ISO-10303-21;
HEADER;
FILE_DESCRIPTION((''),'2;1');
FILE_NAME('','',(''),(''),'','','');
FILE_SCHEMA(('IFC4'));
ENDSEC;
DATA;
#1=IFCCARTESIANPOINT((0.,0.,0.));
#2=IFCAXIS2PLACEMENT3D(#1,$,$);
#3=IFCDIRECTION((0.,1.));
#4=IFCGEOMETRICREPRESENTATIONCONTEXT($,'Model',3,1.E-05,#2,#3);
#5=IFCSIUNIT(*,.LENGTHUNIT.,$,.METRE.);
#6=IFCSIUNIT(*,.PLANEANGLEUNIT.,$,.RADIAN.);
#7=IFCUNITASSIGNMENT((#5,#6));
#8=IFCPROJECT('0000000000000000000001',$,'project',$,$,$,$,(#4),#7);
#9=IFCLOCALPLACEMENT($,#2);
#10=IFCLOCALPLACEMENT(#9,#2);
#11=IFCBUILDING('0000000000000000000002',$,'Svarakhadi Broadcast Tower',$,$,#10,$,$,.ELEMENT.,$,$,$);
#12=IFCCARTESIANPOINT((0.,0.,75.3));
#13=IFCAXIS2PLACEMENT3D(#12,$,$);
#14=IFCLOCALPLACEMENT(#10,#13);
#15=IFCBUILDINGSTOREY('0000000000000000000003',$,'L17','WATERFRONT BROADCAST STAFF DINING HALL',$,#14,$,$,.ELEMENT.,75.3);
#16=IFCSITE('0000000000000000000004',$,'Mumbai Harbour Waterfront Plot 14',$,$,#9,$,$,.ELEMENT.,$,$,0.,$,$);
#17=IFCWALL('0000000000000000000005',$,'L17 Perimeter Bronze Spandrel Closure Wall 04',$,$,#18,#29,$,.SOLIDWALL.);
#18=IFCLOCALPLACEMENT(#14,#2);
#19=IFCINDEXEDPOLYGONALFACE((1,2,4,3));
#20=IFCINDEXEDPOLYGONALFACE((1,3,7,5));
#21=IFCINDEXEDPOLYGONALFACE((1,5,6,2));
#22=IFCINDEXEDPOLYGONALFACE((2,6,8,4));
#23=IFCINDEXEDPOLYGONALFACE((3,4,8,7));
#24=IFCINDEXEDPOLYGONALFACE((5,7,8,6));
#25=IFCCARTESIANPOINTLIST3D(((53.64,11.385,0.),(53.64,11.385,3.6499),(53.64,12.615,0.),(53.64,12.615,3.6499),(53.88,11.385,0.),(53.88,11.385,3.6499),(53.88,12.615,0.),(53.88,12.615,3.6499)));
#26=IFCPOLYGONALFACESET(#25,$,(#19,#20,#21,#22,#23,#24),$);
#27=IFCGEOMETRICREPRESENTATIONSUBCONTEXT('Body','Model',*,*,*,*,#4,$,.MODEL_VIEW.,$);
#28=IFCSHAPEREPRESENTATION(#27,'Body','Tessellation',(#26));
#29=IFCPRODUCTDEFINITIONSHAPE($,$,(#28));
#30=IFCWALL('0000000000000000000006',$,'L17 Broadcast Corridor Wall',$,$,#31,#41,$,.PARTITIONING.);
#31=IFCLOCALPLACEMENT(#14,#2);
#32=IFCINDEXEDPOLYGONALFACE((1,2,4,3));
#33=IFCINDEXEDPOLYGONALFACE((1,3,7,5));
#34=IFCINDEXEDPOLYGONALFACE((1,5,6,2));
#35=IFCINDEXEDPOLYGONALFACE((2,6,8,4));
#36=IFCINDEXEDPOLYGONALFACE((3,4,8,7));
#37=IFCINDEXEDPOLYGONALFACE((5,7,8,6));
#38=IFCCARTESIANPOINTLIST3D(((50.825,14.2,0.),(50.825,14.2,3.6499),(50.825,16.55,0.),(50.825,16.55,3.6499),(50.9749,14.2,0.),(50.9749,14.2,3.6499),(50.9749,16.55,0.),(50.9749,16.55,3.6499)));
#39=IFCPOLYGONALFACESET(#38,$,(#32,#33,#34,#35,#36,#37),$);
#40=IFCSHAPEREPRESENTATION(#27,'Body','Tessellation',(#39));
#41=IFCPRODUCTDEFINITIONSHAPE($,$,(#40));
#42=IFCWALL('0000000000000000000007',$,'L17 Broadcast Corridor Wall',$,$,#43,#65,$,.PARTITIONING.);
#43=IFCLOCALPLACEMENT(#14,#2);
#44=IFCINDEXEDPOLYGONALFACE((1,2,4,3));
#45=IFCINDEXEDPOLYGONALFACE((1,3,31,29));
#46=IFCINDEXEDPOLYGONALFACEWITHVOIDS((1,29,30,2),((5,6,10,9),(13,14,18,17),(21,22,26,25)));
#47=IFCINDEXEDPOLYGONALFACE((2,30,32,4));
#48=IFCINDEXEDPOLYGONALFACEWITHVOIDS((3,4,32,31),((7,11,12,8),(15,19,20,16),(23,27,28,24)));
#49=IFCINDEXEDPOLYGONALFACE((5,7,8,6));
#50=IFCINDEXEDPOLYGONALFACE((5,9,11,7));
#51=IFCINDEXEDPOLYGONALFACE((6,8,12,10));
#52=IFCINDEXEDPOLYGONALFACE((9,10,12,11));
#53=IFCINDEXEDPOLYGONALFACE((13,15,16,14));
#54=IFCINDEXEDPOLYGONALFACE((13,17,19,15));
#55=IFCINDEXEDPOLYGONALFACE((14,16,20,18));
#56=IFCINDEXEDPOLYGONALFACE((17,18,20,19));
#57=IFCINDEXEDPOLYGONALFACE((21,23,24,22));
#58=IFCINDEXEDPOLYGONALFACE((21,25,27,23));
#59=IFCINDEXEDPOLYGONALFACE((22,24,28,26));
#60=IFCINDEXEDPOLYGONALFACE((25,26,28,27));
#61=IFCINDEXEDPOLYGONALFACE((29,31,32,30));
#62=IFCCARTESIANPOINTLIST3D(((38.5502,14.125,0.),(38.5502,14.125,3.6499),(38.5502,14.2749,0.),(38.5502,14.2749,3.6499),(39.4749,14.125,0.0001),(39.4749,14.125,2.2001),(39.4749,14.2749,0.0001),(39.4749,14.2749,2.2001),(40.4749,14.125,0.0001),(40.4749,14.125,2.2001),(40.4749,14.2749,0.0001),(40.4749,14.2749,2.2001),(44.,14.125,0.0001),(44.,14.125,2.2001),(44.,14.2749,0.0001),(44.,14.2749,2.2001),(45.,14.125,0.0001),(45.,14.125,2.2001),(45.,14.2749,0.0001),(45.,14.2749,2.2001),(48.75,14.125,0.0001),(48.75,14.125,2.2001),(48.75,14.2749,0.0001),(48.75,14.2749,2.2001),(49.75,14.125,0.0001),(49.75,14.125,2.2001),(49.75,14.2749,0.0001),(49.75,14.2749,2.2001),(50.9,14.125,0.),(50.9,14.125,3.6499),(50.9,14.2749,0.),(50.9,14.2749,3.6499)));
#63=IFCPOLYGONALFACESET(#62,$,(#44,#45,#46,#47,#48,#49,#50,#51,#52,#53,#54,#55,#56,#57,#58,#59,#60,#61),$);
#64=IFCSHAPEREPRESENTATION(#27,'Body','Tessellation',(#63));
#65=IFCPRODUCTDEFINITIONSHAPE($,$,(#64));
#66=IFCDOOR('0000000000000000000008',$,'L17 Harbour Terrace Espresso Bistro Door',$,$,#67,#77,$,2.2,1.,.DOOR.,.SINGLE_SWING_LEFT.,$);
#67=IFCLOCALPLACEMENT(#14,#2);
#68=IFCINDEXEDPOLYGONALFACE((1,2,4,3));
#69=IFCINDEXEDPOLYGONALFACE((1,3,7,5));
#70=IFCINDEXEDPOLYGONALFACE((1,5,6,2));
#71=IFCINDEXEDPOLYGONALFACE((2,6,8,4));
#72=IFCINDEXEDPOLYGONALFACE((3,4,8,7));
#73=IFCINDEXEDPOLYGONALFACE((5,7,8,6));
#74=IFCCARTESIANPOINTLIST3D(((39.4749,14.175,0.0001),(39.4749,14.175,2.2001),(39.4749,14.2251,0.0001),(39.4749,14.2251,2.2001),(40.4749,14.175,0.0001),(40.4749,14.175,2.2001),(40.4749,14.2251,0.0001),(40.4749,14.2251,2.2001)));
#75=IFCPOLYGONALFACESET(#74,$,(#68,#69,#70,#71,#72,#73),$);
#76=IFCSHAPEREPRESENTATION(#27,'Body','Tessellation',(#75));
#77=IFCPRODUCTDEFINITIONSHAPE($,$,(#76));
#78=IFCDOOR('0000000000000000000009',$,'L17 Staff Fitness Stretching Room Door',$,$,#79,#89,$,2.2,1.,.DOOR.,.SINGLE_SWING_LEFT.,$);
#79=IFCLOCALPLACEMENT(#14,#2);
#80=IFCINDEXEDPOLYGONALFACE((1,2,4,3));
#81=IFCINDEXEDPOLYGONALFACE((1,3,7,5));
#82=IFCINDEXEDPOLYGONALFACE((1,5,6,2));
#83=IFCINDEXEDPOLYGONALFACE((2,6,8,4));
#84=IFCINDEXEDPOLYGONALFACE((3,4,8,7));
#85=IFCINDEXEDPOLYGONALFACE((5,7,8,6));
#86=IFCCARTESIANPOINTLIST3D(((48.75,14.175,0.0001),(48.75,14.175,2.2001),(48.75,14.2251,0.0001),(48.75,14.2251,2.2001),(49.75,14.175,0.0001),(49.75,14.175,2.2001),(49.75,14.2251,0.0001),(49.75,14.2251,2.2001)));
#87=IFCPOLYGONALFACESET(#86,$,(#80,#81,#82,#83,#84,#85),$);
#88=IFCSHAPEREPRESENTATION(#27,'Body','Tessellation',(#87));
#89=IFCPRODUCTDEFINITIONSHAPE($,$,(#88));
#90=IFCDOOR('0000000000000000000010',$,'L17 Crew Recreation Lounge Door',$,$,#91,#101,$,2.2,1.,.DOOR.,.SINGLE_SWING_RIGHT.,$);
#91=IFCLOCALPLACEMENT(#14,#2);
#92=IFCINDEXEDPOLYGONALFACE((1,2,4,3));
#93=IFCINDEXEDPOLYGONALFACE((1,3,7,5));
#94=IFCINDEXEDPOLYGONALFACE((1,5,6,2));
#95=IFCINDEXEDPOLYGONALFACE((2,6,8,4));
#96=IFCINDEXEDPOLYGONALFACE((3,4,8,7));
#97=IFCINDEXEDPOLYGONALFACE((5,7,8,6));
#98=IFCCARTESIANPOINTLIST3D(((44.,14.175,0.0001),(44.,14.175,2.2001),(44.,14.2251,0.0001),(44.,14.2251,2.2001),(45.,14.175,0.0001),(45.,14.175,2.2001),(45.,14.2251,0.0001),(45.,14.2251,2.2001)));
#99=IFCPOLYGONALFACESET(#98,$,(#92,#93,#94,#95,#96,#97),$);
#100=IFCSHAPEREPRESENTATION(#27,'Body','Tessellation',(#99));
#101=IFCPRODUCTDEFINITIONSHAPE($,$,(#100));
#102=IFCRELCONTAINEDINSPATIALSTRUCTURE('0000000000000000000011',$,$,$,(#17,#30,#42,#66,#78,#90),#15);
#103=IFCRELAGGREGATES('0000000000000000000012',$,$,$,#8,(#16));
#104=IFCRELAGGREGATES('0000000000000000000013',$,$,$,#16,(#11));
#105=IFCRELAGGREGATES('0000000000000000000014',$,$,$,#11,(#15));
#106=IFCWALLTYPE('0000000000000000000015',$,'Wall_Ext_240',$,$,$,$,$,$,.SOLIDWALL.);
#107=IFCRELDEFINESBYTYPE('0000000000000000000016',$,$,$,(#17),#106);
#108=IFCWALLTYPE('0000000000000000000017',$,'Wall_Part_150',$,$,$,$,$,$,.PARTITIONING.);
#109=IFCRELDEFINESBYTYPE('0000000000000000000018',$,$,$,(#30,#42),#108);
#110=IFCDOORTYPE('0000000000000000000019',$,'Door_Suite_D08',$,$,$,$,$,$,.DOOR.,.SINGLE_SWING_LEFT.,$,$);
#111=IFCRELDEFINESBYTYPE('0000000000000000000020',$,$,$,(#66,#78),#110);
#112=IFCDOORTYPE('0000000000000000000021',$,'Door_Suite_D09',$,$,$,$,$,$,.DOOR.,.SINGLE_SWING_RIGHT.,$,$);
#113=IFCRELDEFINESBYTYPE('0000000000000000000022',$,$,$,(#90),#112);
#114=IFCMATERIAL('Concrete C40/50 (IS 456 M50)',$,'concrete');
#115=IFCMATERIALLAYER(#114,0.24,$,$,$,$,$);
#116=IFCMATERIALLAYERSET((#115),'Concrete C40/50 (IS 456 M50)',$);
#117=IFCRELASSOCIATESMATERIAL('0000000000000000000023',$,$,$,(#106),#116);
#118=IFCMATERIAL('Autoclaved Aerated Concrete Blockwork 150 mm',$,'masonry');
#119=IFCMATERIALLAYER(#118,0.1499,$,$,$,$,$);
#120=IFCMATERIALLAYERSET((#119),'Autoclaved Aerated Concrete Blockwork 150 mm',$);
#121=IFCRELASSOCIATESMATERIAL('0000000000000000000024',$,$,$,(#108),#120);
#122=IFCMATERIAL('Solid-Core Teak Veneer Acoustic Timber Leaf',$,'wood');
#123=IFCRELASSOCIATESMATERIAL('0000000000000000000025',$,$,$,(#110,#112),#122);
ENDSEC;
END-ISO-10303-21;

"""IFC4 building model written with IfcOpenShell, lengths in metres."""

from ifc_helpers import new_model, si_unit, direction, frame, frame_2d, origin, place, context, subcontext, project, spatial, rectangle, extrude, material, layer, layer_set, type_object, element, fill, save


model = new_model("IFC4")

# Units and contexts
model_context = context("Model", 3, precision=1e-05, world=origin(), true_north=direction((0.0, 1.0)))
body_context = subcontext(model_context, "Body", "Model", "MODEL_VIEW")
ifc_project = project(units=[si_unit("LENGTHUNIT", "METRE"), si_unit("PLANEANGLEUNIT", "RADIAN")], contexts=[model_context])

# Site, building, storey
site_placement = place(None, origin())
site = spatial("IfcSite", under=ifc_project, at=site_placement, Name="Mumbai Harbour Waterfront Plot 14", CompositionType="ELEMENT", RefElevation=0.0)
building_placement = place(site_placement, origin())
building = spatial("IfcBuilding", under=site, at=building_placement, Name="Svarakhadi Broadcast Tower", CompositionType="ELEMENT")
storey_placement = place(building_placement, frame((0.0, 0.0, 75.3)))
storey = spatial("IfcBuildingStorey", under=building, at=storey_placement, Name="L17", Description="WATERFRONT BROADCAST STAFF DINING HALL", CompositionType="ELEMENT", Elevation=75.3)

# Walls
ifc_material_1 = material(Name="Concrete C40/50 (IS 456 M50)", Category="concrete")
ifc_layer_1 = layer(ifc_material_1, 0.24)
ifc_layer_set_1 = layer_set([ifc_layer_1], Name="Concrete C40/50 (IS 456 M50)")
wall_type_1 = type_object("IfcWallType", Name="Wall_Ext_240", PredefinedType="SOLIDWALL", material=ifc_layer_set_1)
for number, where, z_axis, x_axis, name in (
    (1, (53.76, 12.615, 0.0), (0.0, 0.0, 1.0), (0.0, -1.0, 0.0), "L17 Perimeter Bronze Spandrel Closure Wall 04"),
):
    element("IfcWall", number, at=place(storey_placement, frame(where, z_axis=z_axis, x_axis=x_axis)), inside=storey, type_object=wall_type_1, Name=name, PredefinedType="SOLIDWALL", context=body_context, shape_type="SweptSolid", body=[
        extrude(rectangle(XDim=1.23, YDim=0.24, at=frame_2d((0.615, 0.0))), origin(), (0.0, 0.0, 1.0), 3.6499),
    ])
ifc_material_2 = material(Name="Autoclaved Aerated Concrete Blockwork 150 mm", Category="masonry")
ifc_layer_2 = layer(ifc_material_2, 0.1499)
ifc_layer_set_2 = layer_set([ifc_layer_2], Name="Autoclaved Aerated Concrete Blockwork 150 mm")
wall_type_2 = type_object("IfcWallType", Name="Wall_Part_150", PredefinedType="PARTITIONING", material=ifc_layer_set_2)
wall_1_placement = place(storey_placement, frame((50.8999, 16.55, 0.0), z_axis=(0.0, 0.0, 1.0), x_axis=(0.0, -1.0, 0.0)))
element("IfcWall", 2, at=wall_1_placement, inside=storey, type_object=wall_type_2, Name="L17 Broadcast Corridor Wall", PredefinedType="PARTITIONING", context=body_context, shape_type="SweptSolid", body=[
    extrude(rectangle(XDim=2.3501, YDim=0.1499, at=frame_2d((1.175, 0.0))), origin(), (0.0, 0.0, 1.0), 3.6499),
])

# Wall, openings, doors
wall_2_placement = place(storey_placement, frame((50.8999, 14.2, 0.0), z_axis=(0.0, 0.0, 1.0), x_axis=(-1.0, 0.0, 0.0)))
wall_2 = element("IfcWall", 3, at=wall_2_placement, inside=storey, type_object=wall_type_2, Name="L17 Broadcast Corridor Wall", PredefinedType="PARTITIONING", context=body_context, shape_type="SweptSolid", body=[
    extrude(rectangle(XDim=12.3499, YDim=0.1499, at=frame_2d((6.1748, 0.0))), origin(), (0.0, 0.0, 1.0), 3.6499),
])
opening_1_placement = place(wall_2_placement, frame((10.425, 0.0, 0.0)))
opening_1 = element("IfcOpeningElement", 4, at=opening_1_placement, cuts=wall_2, PredefinedType="OPENING", context=body_context, shape_type="SweptSolid", body=[
    extrude(rectangle(XDim=1.0, YDim=2.2, at=frame_2d((0.5, 1.1001))), frame((0.0, 0.085, 0.0), z_axis=(0.0, -1.0, 0.0), x_axis=(1.0, 0.0, 0.0)), (0.0, 0.0, 1.0), 0.1699),
])
opening_2_placement = place(wall_2_placement, frame((5.8999, 0.0, 0.0)))
opening_2 = element("IfcOpeningElement", 5, at=opening_2_placement, cuts=wall_2, PredefinedType="OPENING", context=body_context, shape_type="SweptSolid", body=[
    extrude(rectangle(XDim=1.0, YDim=2.2, at=frame_2d((0.5, 1.1001))), frame((0.0, 0.085, 0.0), z_axis=(0.0, -1.0, 0.0), x_axis=(1.0, 0.0, 0.0)), (0.0, 0.0, 1.0), 0.1699),
])
opening_3_placement = place(wall_2_placement, frame((1.1499, 0.0, 0.0)))
opening_3 = element("IfcOpeningElement", 6, at=opening_3_placement, cuts=wall_2, PredefinedType="OPENING", context=body_context, shape_type="SweptSolid", body=[
    extrude(rectangle(XDim=1.0, YDim=2.2, at=frame_2d((0.5, 1.1001))), frame((0.0, 0.085, 0.0), z_axis=(0.0, -1.0, 0.0), x_axis=(1.0, 0.0, 0.0)), (0.0, 0.0, 1.0), 0.1699),
])
ifc_material_3 = material(Name="Solid-Core Teak Veneer Acoustic Timber Leaf", Category="wood")
door_type_1 = type_object("IfcDoorType", Name="Door_Suite_D08", OperationType="SINGLE_SWING_LEFT", PredefinedType="DOOR", material=ifc_material_3)
door_1_placement = place(opening_1_placement, origin())
door_1 = element("IfcDoor", 7, at=door_1_placement, inside=storey, type_object=door_type_1, Name="L17 Harbour Terrace Espresso Bistro Door", OperationType="SINGLE_SWING_LEFT", OverallHeight=2.2, OverallWidth=1.0, PredefinedType="DOOR", context=body_context, shape_type="SweptSolid", body=[
    extrude(rectangle(XDim=1.0, YDim=2.2, at=frame_2d((0.5, 1.1001))), frame((0.0, 0.0249, 0.0), z_axis=(0.0, -1.0, 0.0), x_axis=(1.0, 0.0, 0.0)), (0.0, 0.0, 1.0), 0.05),
])
fill(opening_1, door_1)
door_2_placement = place(opening_3_placement, origin())
door_2 = element("IfcDoor", 8, at=door_2_placement, inside=storey, type_object=door_type_1, Name="L17 Staff Fitness Stretching Room Door", OperationType="SINGLE_SWING_LEFT", OverallHeight=2.2, OverallWidth=1.0, PredefinedType="DOOR", context=body_context, shape_type="SweptSolid", body=[
    extrude(rectangle(XDim=1.0, YDim=2.2, at=frame_2d((0.5, 1.1001))), frame((0.0, 0.0249, 0.0), z_axis=(0.0, -1.0, 0.0), x_axis=(1.0, 0.0, 0.0)), (0.0, 0.0, 1.0), 0.05),
])
fill(opening_3, door_2)
door_type_2 = type_object("IfcDoorType", Name="Door_Suite_D09", OperationType="SINGLE_SWING_RIGHT", PredefinedType="DOOR", material=ifc_material_3)
door_3_placement = place(opening_2_placement, origin())
door_3 = element("IfcDoor", 9, at=door_3_placement, inside=storey, type_object=door_type_2, Name="L17 Crew Recreation Lounge Door", OperationType="SINGLE_SWING_RIGHT", OverallHeight=2.2, OverallWidth=1.0, PredefinedType="DOOR", context=body_context, shape_type="SweptSolid", body=[
    extrude(rectangle(XDim=1.0, YDim=2.2, at=frame_2d((0.5, 1.1001))), frame((0.0, 0.0249, 0.0), z_axis=(0.0, -1.0, 0.0), x_axis=(1.0, 0.0, 0.0)), (0.0, 0.0, 1.0), 0.05),
])
fill(opening_2, door_3)

save(model, "model.ifc")
